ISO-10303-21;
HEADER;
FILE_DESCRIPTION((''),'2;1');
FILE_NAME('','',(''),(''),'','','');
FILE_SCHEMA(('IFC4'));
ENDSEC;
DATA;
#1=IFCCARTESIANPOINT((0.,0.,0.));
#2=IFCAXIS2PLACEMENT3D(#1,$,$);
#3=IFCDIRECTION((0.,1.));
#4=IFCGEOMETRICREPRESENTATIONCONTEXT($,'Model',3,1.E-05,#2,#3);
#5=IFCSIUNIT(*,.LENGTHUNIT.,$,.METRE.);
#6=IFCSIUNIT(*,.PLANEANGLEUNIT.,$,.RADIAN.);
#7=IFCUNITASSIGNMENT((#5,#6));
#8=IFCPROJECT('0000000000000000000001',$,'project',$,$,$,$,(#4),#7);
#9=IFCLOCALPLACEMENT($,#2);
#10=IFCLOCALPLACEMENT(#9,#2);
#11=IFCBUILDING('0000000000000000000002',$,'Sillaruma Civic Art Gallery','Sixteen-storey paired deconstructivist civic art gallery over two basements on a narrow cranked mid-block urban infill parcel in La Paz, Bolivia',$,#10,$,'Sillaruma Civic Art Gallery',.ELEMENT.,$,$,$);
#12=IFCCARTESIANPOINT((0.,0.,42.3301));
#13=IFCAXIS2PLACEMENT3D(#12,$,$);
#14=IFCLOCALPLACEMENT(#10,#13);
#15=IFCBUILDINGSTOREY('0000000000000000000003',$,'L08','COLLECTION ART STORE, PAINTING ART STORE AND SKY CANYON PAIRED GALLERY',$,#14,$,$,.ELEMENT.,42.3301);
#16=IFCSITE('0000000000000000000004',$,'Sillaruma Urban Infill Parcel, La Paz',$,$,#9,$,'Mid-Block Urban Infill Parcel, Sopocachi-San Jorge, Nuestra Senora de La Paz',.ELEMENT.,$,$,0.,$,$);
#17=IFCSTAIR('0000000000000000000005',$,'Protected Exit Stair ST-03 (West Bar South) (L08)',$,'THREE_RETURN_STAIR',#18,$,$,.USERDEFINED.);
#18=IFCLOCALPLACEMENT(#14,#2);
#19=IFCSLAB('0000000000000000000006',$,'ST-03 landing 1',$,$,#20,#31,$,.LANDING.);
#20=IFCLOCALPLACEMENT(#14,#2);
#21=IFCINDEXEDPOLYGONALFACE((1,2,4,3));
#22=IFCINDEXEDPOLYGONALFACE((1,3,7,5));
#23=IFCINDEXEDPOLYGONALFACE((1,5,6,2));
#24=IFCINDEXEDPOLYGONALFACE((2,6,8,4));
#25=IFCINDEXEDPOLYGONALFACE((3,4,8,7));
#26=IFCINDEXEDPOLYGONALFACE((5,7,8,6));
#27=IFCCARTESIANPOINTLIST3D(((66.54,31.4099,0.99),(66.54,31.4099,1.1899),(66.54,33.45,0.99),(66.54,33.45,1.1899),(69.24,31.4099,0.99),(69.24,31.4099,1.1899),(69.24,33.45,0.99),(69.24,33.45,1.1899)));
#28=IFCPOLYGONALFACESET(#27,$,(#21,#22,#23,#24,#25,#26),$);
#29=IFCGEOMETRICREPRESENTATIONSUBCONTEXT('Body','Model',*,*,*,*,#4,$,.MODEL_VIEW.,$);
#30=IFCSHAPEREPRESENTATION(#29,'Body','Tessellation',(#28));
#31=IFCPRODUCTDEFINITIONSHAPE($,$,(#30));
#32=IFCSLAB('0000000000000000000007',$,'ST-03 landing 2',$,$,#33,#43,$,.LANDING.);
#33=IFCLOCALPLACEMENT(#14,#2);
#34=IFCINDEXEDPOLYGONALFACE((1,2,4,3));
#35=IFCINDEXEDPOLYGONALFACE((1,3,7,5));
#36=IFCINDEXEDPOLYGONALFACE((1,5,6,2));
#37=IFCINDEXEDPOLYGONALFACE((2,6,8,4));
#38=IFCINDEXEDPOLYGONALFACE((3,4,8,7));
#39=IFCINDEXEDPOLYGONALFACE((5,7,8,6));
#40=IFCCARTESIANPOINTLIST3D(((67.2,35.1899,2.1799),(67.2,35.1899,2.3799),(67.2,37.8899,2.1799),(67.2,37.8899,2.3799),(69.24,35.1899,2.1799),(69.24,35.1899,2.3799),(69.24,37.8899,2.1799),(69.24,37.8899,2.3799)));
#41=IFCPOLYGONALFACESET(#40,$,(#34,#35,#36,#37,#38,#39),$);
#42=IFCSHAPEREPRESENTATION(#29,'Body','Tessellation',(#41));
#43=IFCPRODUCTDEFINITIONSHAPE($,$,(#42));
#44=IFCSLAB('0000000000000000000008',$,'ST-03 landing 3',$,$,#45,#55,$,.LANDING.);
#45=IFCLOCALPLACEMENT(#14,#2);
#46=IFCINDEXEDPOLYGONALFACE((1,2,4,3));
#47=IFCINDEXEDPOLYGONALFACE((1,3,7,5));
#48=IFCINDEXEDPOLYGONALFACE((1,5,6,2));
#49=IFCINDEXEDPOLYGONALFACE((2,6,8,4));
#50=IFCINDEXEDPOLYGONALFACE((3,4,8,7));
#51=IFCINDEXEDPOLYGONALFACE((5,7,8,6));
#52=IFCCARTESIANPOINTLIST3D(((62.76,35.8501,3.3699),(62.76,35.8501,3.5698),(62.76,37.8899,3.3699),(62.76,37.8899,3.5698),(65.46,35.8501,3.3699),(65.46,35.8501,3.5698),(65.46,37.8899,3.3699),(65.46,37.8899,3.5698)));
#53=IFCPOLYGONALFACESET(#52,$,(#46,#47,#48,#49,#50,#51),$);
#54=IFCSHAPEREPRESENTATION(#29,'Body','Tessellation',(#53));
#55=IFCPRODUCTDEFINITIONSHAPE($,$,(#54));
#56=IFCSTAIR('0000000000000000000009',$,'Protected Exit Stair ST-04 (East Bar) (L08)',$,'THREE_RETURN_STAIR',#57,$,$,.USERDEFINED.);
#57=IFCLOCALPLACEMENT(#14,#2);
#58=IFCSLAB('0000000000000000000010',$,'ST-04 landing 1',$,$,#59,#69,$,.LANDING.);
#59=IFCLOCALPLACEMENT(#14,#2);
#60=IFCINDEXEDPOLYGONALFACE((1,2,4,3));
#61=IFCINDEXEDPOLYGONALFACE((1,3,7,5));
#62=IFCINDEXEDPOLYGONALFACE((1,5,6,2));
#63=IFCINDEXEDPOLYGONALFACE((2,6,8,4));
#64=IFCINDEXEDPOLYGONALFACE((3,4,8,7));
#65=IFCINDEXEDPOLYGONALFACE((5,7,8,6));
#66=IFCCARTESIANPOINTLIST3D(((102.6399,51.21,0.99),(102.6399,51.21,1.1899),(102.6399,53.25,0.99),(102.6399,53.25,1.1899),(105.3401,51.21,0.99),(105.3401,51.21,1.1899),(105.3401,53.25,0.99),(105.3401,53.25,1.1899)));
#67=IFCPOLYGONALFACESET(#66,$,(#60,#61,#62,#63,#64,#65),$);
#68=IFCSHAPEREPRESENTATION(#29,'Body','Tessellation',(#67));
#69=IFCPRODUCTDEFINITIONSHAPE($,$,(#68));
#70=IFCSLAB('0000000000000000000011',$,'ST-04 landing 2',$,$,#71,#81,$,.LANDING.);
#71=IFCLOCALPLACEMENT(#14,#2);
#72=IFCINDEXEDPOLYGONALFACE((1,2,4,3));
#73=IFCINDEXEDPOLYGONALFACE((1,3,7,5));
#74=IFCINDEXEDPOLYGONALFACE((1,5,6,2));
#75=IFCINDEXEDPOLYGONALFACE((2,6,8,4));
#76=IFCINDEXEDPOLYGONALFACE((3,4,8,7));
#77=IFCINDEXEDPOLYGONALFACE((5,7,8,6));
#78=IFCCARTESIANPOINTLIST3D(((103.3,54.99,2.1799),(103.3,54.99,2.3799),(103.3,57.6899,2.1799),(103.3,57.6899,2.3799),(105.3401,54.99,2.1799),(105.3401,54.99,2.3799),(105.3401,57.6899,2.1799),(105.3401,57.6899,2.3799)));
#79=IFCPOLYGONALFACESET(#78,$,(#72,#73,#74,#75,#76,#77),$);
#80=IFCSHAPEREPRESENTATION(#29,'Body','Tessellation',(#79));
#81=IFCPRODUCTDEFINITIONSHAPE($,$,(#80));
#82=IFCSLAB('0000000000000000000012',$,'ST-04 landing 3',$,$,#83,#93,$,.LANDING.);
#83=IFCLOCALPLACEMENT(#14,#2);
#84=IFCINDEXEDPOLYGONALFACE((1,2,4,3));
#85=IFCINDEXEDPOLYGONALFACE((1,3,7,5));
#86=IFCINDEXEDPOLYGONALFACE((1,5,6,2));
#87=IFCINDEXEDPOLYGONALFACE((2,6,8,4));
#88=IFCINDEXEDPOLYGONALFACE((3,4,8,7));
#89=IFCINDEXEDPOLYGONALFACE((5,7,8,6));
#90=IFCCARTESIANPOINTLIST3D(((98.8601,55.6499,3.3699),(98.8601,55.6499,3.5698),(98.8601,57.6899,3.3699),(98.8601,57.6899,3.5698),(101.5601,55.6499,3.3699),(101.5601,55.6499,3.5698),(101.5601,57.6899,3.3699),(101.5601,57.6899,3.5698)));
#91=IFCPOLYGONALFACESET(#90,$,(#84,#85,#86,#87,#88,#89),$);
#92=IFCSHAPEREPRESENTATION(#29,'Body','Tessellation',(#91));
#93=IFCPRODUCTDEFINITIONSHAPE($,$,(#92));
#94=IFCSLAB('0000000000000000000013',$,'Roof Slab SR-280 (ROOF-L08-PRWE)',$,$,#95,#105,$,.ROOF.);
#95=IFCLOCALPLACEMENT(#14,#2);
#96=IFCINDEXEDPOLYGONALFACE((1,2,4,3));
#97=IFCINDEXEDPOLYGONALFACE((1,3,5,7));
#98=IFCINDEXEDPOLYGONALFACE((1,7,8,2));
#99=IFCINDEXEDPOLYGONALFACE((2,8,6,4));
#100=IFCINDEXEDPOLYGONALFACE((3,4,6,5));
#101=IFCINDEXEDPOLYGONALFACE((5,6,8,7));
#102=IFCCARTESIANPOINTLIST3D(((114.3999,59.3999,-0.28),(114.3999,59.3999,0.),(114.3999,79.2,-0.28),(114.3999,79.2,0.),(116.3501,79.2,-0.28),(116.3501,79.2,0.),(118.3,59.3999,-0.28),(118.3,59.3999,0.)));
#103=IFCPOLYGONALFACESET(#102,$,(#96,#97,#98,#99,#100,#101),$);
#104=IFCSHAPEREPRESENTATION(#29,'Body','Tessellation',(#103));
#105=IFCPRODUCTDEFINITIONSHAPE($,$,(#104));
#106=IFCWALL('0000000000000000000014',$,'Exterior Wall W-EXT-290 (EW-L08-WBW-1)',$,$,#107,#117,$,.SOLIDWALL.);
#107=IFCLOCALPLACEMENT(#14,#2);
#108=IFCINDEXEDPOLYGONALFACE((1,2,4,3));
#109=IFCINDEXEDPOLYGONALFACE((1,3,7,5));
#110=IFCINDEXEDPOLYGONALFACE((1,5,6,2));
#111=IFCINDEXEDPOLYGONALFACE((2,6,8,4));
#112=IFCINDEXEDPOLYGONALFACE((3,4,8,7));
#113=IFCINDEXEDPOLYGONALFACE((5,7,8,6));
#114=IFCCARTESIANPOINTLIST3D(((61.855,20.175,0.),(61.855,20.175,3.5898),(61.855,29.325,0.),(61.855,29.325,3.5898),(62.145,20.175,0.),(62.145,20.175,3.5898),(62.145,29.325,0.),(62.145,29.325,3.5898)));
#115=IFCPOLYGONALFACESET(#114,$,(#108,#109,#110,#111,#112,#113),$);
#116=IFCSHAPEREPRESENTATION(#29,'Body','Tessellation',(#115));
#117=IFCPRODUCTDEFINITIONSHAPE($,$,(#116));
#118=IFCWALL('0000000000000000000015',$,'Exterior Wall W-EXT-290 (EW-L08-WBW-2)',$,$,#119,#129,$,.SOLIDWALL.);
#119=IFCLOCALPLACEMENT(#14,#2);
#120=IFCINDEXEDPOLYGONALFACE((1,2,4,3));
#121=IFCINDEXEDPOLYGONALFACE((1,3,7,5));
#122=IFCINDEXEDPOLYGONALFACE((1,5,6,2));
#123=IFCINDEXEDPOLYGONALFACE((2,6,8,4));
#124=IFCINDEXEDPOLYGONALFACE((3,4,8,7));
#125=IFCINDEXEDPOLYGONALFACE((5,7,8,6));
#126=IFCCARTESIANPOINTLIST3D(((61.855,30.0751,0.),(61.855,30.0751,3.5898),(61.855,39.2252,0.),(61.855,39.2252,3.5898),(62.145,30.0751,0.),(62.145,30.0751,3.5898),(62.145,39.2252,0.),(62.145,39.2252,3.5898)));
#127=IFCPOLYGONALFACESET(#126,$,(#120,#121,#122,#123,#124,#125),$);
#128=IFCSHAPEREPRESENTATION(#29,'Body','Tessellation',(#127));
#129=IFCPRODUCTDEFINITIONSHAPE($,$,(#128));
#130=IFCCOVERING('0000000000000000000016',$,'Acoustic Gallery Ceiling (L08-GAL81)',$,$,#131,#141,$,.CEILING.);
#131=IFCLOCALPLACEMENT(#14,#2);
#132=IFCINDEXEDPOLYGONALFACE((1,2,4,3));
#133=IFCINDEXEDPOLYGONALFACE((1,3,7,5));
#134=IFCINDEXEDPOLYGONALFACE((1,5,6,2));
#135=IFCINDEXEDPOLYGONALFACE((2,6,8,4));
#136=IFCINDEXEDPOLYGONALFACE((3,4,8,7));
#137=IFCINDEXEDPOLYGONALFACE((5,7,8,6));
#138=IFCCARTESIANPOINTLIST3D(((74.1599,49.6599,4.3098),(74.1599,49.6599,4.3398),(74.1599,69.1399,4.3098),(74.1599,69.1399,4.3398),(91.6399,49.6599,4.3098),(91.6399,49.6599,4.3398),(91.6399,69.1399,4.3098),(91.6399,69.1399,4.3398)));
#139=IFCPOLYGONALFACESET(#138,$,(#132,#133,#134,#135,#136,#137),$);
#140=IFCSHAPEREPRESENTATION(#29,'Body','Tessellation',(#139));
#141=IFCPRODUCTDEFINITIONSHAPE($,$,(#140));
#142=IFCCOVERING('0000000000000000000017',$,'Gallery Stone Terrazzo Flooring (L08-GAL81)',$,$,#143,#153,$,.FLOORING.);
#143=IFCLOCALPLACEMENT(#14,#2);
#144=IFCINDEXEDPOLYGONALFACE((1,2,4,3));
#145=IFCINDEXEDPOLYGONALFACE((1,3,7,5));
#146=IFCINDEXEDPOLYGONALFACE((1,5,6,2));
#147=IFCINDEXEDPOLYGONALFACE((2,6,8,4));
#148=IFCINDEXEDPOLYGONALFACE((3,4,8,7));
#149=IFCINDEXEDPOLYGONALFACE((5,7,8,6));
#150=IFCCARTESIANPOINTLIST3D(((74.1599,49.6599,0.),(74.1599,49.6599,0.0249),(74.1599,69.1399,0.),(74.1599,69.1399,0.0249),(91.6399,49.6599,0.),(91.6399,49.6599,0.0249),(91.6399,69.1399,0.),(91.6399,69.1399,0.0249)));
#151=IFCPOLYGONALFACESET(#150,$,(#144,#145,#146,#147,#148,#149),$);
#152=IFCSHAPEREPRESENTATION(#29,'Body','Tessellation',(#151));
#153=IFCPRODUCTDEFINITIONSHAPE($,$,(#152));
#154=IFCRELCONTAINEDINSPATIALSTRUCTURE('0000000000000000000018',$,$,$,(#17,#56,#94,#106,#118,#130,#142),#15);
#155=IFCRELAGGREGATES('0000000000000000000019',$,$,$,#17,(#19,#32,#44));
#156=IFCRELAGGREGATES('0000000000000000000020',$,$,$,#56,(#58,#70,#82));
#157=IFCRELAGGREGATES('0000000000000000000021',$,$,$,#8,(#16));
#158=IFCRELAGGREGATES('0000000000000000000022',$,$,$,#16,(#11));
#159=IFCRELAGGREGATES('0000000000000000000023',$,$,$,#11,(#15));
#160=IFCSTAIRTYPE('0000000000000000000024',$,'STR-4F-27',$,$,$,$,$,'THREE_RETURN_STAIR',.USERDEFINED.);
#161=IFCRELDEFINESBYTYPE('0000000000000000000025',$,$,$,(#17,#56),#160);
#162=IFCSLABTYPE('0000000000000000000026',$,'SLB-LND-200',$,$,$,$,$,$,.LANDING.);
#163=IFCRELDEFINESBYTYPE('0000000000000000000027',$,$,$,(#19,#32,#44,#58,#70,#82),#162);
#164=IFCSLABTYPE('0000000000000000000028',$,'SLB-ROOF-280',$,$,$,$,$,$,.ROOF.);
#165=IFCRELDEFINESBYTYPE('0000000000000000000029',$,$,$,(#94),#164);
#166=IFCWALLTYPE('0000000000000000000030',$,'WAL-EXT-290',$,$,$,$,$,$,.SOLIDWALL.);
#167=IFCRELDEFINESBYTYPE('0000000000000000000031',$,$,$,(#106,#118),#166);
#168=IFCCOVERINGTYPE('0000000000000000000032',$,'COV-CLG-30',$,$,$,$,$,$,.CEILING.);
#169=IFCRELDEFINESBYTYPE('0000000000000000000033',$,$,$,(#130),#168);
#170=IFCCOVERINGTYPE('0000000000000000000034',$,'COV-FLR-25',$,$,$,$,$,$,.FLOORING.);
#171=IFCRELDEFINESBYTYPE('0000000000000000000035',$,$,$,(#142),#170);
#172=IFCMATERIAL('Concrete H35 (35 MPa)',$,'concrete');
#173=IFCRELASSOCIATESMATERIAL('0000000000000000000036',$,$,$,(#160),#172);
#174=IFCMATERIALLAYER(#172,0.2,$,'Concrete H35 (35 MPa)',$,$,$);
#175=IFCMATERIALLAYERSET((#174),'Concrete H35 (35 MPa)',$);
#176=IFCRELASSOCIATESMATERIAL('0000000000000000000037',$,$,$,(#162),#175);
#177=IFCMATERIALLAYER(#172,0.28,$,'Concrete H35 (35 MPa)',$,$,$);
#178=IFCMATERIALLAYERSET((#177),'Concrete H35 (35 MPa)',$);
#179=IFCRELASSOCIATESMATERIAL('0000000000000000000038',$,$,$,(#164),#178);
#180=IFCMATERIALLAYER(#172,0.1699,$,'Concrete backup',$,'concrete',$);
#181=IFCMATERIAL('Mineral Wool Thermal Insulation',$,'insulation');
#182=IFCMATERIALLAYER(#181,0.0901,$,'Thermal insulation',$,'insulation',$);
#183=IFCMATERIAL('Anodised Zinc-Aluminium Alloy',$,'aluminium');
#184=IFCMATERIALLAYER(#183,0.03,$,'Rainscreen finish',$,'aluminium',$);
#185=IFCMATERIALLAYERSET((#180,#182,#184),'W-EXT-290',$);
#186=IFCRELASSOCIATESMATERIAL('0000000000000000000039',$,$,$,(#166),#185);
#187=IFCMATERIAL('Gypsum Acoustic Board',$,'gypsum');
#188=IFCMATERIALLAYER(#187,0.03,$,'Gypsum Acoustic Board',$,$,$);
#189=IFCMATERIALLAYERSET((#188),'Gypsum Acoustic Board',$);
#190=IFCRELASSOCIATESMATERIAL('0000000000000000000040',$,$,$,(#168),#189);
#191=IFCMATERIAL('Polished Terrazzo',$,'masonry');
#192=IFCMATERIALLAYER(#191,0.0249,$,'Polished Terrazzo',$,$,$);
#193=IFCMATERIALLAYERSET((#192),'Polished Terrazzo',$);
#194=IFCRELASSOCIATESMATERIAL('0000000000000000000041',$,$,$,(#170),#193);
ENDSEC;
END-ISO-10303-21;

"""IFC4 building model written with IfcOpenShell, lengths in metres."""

from ifc_helpers import new_model, si_unit, direction, frame, frame_2d, origin, place, context, subcontext, project, spatial, polyline, rectangle, outline, extrude, material, layer, layer_set, type_object, element, aggregate, save


model = new_model("IFC4")

# Units and contexts
model_context = context("Model", 3, precision=1e-05, world=origin(), true_north=direction((0.0, 1.0)))
body_context = subcontext(model_context, "Body", "Model", "MODEL_VIEW")
ifc_project = project(units=[si_unit("LENGTHUNIT", "METRE"), si_unit("PLANEANGLEUNIT", "RADIAN")], contexts=[model_context])

# Site, building, storey
site_placement = place(None, origin())
site = spatial("IfcSite", under=ifc_project, at=site_placement, Name="Sillaruma Urban Infill Parcel, La Paz", LongName="Mid-Block Urban Infill Parcel, Sopocachi-San Jorge, Nuestra Senora de La Paz", CompositionType="ELEMENT", RefElevation=0.0)
building_placement = place(site_placement, origin())
building = spatial("IfcBuilding", under=site, at=building_placement, Name="Sillaruma Civic Art Gallery", Description="Sixteen-storey paired deconstructivist civic art gallery over two basements on a narrow cranked mid-block urban infill parcel in La Paz, Bolivia", LongName="Sillaruma Civic Art Gallery", CompositionType="ELEMENT")
storey_placement = place(building_placement, frame((0.0, 0.0, 42.3301)))
storey = spatial("IfcBuildingStorey", under=building, at=storey_placement, Name="L08", Description="COLLECTION ART STORE, PAINTING ART STORE AND SKY CANYON PAIRED GALLERY", CompositionType="ELEMENT", Elevation=42.3301)

# Shared definitions
ifc_material_1 = material(Name="Concrete H35 (35 MPa)", Category="concrete")

# Stairs, slabs
stair_type_1 = type_object("IfcStairType", Name="STR-4F-27", ElementType="THREE_RETURN_STAIR", PredefinedType="USERDEFINED", material=ifc_material_1)
ifc_layer_1 = layer(ifc_material_1, 0.2, Name="Concrete H35 (35 MPa)")
ifc_layer_set_1 = layer_set([ifc_layer_1], Name="Concrete H35 (35 MPa)")
slab_type_1 = type_object("IfcSlabType", Name="SLB-LND-200", PredefinedType="LANDING", material=ifc_layer_set_1)
stair_1_placement = place(storey_placement, origin())
stair_1 = element("IfcStair", 1, at=stair_1_placement, inside=storey, type_object=stair_type_1, Name="Protected Exit Stair ST-03 (West Bar South) (L08)", ObjectType="THREE_RETURN_STAIR", PredefinedType="USERDEFINED")
slab_1_placement = place(storey_placement, frame((0.0, 0.0, 0.99)))
slab_1 = element("IfcSlab", 2, at=slab_1_placement, type_object=slab_type_1, Name="ST-03 landing 1", PredefinedType="LANDING", context=body_context, shape_type="SweptSolid", body=[
    extrude(outline(polyline([(66.54, 31.4099), (69.24, 31.4099), (69.24, 33.45), (66.54, 33.45), (66.54, 31.4099)])), origin(), (0.0, 0.0, 1.0), 0.2),
])
slab_2_placement = place(storey_placement, frame((0.0, 0.0, 2.1799)))
slab_2 = element("IfcSlab", 3, at=slab_2_placement, type_object=slab_type_1, Name="ST-03 landing 2", PredefinedType="LANDING", context=body_context, shape_type="SweptSolid", body=[
    extrude(outline(polyline([(67.2, 35.1899), (69.24, 35.1899), (69.24, 37.8899), (67.2, 37.8899), (67.2, 35.1899)])), origin(), (0.0, 0.0, 1.0), 0.2),
])
slab_3_placement = place(storey_placement, frame((0.0, 0.0, 3.3699)))
slab_3 = element("IfcSlab", 4, at=slab_3_placement, type_object=slab_type_1, Name="ST-03 landing 3", PredefinedType="LANDING", context=body_context, shape_type="SweptSolid", body=[
    extrude(outline(polyline([(62.76, 35.8501), (65.46, 35.8501), (65.46, 37.8899), (62.76, 37.8899), (62.76, 35.8501)])), origin(), (0.0, 0.0, 1.0), 0.2),
])
aggregate(stair_1, [slab_1, slab_2, slab_3])
stair_2_placement = place(storey_placement, origin())
stair_2 = element("IfcStair", 5, at=stair_2_placement, inside=storey, type_object=stair_type_1, Name="Protected Exit Stair ST-04 (East Bar) (L08)", ObjectType="THREE_RETURN_STAIR", PredefinedType="USERDEFINED")
slab_4_placement = place(storey_placement, frame((0.0, 0.0, 0.99)))
slab_4 = element("IfcSlab", 6, at=slab_4_placement, type_object=slab_type_1, Name="ST-04 landing 1", PredefinedType="LANDING", context=body_context, shape_type="SweptSolid", body=[
    extrude(outline(polyline([(102.6399, 51.21), (105.3401, 51.21), (105.3401, 53.25), (102.6399, 53.25), (102.6399, 51.21)])), origin(), (0.0, 0.0, 1.0), 0.2),
])
slab_5_placement = place(storey_placement, frame((0.0, 0.0, 2.1799)))
slab_5 = element("IfcSlab", 7, at=slab_5_placement, type_object=slab_type_1, Name="ST-04 landing 2", PredefinedType="LANDING", context=body_context, shape_type="SweptSolid", body=[
    extrude(outline(polyline([(103.3, 54.99), (105.3401, 54.99), (105.3401, 57.6899), (103.3, 57.6899), (103.3, 54.99)])), origin(), (0.0, 0.0, 1.0), 0.2),
])
slab_6_placement = place(storey_placement, frame((0.0, 0.0, 3.3699)))
slab_6 = element("IfcSlab", 8, at=slab_6_placement, type_object=slab_type_1, Name="ST-04 landing 3", PredefinedType="LANDING", context=body_context, shape_type="SweptSolid", body=[
    extrude(outline(polyline([(98.8601, 55.6499), (101.5601, 55.6499), (101.5601, 57.6899), (98.8601, 57.6899), (98.8601, 55.6499)])), origin(), (0.0, 0.0, 1.0), 0.2),
])
aggregate(stair_2, [slab_4, slab_5, slab_6])

# Slab
ifc_layer_2 = layer(ifc_material_1, 0.28, Name="Concrete H35 (35 MPa)")
ifc_layer_set_2 = layer_set([ifc_layer_2], Name="Concrete H35 (35 MPa)")
slab_type_2 = type_object("IfcSlabType", Name="SLB-ROOF-280", PredefinedType="ROOF", material=ifc_layer_set_2)
slab_7_placement = place(storey_placement, frame((0.0, 0.0, -0.28)))
element("IfcSlab", 9, at=slab_7_placement, inside=storey, type_object=slab_type_2, Name="Roof Slab SR-280 (ROOF-L08-PRWE)", PredefinedType="ROOF", context=body_context, shape_type="SweptSolid", body=[
    extrude(outline(polyline([(114.3999, 59.3999), (118.3, 59.3999), (116.3501, 79.2), (114.3999, 79.2), (114.3999, 59.3999)])), origin(), (0.0, 0.0, 1.0), 0.28),
])

# Walls
ifc_layer_3 = layer(ifc_material_1, 0.1699, Name="Concrete backup", Category="concrete")
ifc_material_2 = material(Name="Mineral Wool Thermal Insulation", Category="insulation")
ifc_layer_4 = layer(ifc_material_2, 0.0901, Name="Thermal insulation", Category="insulation")
ifc_material_3 = material(Name="Anodised Zinc-Aluminium Alloy", Category="aluminium")
ifc_layer_5 = layer(ifc_material_3, 0.03, Name="Rainscreen finish", Category="aluminium")
ifc_layer_set_3 = layer_set([ifc_layer_3, ifc_layer_4, ifc_layer_5], Name="W-EXT-290")
wall_type = type_object("IfcWallType", Name="WAL-EXT-290", PredefinedType="SOLIDWALL", material=ifc_layer_set_3)
wall_1_placement = place(storey_placement, frame((62.0, 20.175, 0.0), z_axis=(0.0, 0.0, 1.0), x_axis=(0.0, 1.0, 0.0)))
element("IfcWall", 10, at=wall_1_placement, inside=storey, type_object=wall_type, Name="Exterior Wall W-EXT-290 (EW-L08-WBW-1)", PredefinedType="SOLIDWALL", context=body_context, shape_type="SweptSolid", body=[
    extrude(rectangle(XDim=9.1499, YDim=0.29, at=frame_2d((4.575, 0.0))), origin(), (0.0, 0.0, 1.0), 3.5898),
])
wall_2_placement = place(storey_placement, frame((62.0, 30.075, 0.0), z_axis=(0.0, 0.0, 1.0), x_axis=(0.0, 1.0, 0.0)))
element("IfcWall", 11, at=wall_2_placement, inside=storey, type_object=wall_type, Name="Exterior Wall W-EXT-290 (EW-L08-WBW-2)", PredefinedType="SOLIDWALL", context=body_context, shape_type="SweptSolid", body=[
    extrude(rectangle(XDim=9.1501, YDim=0.29, at=frame_2d((4.5752, 0.0))), origin(), (0.0, 0.0, 1.0), 3.5898),
])

# Coverings
ifc_material_4 = material(Name="Gypsum Acoustic Board", Category="gypsum")
ifc_layer_6 = layer(ifc_material_4, 0.03, Name="Gypsum Acoustic Board")
ifc_layer_set_4 = layer_set([ifc_layer_6], Name="Gypsum Acoustic Board")
covering_type_1 = type_object("IfcCoveringType", Name="COV-CLG-30", PredefinedType="CEILING", material=ifc_layer_set_4)
covering_1_placement = place(storey_placement, frame((0.0, 0.0, 4.3098)))
element("IfcCovering", 12, at=covering_1_placement, inside=storey, type_object=covering_type_1, Name="Acoustic Gallery Ceiling (L08-GAL81)", PredefinedType="CEILING", context=body_context, shape_type="SweptSolid", body=[
    extrude(outline(polyline([(74.1599, 49.6599), (91.6399, 49.6599), (91.6399, 69.1399), (74.1599, 69.1399), (74.1599, 49.6599)])), origin(), (0.0, 0.0, 1.0), 0.03),
])
ifc_material_5 = material(Name="Polished Terrazzo", Category="masonry")
ifc_layer_7 = layer(ifc_material_5, 0.0249, Name="Polished Terrazzo")
ifc_layer_set_5 = layer_set([ifc_layer_7], Name="Polished Terrazzo")
covering_type_2 = type_object("IfcCoveringType", Name="COV-FLR-25", PredefinedType="FLOORING", material=ifc_layer_set_5)
covering_2_placement = place(storey_placement, origin())
element("IfcCovering", 13, at=covering_2_placement, inside=storey, type_object=covering_type_2, Name="Gallery Stone Terrazzo Flooring (L08-GAL81)", PredefinedType="FLOORING", context=body_context, shape_type="SweptSolid", body=[
    extrude(outline(polyline([(74.1599, 49.6599), (91.6399, 49.6599), (91.6399, 69.1399), (74.1599, 69.1399), (74.1599, 49.6599)])), origin(), (0.0, 0.0, 1.0), 0.0249),
])

save(model, "model.ifc")
